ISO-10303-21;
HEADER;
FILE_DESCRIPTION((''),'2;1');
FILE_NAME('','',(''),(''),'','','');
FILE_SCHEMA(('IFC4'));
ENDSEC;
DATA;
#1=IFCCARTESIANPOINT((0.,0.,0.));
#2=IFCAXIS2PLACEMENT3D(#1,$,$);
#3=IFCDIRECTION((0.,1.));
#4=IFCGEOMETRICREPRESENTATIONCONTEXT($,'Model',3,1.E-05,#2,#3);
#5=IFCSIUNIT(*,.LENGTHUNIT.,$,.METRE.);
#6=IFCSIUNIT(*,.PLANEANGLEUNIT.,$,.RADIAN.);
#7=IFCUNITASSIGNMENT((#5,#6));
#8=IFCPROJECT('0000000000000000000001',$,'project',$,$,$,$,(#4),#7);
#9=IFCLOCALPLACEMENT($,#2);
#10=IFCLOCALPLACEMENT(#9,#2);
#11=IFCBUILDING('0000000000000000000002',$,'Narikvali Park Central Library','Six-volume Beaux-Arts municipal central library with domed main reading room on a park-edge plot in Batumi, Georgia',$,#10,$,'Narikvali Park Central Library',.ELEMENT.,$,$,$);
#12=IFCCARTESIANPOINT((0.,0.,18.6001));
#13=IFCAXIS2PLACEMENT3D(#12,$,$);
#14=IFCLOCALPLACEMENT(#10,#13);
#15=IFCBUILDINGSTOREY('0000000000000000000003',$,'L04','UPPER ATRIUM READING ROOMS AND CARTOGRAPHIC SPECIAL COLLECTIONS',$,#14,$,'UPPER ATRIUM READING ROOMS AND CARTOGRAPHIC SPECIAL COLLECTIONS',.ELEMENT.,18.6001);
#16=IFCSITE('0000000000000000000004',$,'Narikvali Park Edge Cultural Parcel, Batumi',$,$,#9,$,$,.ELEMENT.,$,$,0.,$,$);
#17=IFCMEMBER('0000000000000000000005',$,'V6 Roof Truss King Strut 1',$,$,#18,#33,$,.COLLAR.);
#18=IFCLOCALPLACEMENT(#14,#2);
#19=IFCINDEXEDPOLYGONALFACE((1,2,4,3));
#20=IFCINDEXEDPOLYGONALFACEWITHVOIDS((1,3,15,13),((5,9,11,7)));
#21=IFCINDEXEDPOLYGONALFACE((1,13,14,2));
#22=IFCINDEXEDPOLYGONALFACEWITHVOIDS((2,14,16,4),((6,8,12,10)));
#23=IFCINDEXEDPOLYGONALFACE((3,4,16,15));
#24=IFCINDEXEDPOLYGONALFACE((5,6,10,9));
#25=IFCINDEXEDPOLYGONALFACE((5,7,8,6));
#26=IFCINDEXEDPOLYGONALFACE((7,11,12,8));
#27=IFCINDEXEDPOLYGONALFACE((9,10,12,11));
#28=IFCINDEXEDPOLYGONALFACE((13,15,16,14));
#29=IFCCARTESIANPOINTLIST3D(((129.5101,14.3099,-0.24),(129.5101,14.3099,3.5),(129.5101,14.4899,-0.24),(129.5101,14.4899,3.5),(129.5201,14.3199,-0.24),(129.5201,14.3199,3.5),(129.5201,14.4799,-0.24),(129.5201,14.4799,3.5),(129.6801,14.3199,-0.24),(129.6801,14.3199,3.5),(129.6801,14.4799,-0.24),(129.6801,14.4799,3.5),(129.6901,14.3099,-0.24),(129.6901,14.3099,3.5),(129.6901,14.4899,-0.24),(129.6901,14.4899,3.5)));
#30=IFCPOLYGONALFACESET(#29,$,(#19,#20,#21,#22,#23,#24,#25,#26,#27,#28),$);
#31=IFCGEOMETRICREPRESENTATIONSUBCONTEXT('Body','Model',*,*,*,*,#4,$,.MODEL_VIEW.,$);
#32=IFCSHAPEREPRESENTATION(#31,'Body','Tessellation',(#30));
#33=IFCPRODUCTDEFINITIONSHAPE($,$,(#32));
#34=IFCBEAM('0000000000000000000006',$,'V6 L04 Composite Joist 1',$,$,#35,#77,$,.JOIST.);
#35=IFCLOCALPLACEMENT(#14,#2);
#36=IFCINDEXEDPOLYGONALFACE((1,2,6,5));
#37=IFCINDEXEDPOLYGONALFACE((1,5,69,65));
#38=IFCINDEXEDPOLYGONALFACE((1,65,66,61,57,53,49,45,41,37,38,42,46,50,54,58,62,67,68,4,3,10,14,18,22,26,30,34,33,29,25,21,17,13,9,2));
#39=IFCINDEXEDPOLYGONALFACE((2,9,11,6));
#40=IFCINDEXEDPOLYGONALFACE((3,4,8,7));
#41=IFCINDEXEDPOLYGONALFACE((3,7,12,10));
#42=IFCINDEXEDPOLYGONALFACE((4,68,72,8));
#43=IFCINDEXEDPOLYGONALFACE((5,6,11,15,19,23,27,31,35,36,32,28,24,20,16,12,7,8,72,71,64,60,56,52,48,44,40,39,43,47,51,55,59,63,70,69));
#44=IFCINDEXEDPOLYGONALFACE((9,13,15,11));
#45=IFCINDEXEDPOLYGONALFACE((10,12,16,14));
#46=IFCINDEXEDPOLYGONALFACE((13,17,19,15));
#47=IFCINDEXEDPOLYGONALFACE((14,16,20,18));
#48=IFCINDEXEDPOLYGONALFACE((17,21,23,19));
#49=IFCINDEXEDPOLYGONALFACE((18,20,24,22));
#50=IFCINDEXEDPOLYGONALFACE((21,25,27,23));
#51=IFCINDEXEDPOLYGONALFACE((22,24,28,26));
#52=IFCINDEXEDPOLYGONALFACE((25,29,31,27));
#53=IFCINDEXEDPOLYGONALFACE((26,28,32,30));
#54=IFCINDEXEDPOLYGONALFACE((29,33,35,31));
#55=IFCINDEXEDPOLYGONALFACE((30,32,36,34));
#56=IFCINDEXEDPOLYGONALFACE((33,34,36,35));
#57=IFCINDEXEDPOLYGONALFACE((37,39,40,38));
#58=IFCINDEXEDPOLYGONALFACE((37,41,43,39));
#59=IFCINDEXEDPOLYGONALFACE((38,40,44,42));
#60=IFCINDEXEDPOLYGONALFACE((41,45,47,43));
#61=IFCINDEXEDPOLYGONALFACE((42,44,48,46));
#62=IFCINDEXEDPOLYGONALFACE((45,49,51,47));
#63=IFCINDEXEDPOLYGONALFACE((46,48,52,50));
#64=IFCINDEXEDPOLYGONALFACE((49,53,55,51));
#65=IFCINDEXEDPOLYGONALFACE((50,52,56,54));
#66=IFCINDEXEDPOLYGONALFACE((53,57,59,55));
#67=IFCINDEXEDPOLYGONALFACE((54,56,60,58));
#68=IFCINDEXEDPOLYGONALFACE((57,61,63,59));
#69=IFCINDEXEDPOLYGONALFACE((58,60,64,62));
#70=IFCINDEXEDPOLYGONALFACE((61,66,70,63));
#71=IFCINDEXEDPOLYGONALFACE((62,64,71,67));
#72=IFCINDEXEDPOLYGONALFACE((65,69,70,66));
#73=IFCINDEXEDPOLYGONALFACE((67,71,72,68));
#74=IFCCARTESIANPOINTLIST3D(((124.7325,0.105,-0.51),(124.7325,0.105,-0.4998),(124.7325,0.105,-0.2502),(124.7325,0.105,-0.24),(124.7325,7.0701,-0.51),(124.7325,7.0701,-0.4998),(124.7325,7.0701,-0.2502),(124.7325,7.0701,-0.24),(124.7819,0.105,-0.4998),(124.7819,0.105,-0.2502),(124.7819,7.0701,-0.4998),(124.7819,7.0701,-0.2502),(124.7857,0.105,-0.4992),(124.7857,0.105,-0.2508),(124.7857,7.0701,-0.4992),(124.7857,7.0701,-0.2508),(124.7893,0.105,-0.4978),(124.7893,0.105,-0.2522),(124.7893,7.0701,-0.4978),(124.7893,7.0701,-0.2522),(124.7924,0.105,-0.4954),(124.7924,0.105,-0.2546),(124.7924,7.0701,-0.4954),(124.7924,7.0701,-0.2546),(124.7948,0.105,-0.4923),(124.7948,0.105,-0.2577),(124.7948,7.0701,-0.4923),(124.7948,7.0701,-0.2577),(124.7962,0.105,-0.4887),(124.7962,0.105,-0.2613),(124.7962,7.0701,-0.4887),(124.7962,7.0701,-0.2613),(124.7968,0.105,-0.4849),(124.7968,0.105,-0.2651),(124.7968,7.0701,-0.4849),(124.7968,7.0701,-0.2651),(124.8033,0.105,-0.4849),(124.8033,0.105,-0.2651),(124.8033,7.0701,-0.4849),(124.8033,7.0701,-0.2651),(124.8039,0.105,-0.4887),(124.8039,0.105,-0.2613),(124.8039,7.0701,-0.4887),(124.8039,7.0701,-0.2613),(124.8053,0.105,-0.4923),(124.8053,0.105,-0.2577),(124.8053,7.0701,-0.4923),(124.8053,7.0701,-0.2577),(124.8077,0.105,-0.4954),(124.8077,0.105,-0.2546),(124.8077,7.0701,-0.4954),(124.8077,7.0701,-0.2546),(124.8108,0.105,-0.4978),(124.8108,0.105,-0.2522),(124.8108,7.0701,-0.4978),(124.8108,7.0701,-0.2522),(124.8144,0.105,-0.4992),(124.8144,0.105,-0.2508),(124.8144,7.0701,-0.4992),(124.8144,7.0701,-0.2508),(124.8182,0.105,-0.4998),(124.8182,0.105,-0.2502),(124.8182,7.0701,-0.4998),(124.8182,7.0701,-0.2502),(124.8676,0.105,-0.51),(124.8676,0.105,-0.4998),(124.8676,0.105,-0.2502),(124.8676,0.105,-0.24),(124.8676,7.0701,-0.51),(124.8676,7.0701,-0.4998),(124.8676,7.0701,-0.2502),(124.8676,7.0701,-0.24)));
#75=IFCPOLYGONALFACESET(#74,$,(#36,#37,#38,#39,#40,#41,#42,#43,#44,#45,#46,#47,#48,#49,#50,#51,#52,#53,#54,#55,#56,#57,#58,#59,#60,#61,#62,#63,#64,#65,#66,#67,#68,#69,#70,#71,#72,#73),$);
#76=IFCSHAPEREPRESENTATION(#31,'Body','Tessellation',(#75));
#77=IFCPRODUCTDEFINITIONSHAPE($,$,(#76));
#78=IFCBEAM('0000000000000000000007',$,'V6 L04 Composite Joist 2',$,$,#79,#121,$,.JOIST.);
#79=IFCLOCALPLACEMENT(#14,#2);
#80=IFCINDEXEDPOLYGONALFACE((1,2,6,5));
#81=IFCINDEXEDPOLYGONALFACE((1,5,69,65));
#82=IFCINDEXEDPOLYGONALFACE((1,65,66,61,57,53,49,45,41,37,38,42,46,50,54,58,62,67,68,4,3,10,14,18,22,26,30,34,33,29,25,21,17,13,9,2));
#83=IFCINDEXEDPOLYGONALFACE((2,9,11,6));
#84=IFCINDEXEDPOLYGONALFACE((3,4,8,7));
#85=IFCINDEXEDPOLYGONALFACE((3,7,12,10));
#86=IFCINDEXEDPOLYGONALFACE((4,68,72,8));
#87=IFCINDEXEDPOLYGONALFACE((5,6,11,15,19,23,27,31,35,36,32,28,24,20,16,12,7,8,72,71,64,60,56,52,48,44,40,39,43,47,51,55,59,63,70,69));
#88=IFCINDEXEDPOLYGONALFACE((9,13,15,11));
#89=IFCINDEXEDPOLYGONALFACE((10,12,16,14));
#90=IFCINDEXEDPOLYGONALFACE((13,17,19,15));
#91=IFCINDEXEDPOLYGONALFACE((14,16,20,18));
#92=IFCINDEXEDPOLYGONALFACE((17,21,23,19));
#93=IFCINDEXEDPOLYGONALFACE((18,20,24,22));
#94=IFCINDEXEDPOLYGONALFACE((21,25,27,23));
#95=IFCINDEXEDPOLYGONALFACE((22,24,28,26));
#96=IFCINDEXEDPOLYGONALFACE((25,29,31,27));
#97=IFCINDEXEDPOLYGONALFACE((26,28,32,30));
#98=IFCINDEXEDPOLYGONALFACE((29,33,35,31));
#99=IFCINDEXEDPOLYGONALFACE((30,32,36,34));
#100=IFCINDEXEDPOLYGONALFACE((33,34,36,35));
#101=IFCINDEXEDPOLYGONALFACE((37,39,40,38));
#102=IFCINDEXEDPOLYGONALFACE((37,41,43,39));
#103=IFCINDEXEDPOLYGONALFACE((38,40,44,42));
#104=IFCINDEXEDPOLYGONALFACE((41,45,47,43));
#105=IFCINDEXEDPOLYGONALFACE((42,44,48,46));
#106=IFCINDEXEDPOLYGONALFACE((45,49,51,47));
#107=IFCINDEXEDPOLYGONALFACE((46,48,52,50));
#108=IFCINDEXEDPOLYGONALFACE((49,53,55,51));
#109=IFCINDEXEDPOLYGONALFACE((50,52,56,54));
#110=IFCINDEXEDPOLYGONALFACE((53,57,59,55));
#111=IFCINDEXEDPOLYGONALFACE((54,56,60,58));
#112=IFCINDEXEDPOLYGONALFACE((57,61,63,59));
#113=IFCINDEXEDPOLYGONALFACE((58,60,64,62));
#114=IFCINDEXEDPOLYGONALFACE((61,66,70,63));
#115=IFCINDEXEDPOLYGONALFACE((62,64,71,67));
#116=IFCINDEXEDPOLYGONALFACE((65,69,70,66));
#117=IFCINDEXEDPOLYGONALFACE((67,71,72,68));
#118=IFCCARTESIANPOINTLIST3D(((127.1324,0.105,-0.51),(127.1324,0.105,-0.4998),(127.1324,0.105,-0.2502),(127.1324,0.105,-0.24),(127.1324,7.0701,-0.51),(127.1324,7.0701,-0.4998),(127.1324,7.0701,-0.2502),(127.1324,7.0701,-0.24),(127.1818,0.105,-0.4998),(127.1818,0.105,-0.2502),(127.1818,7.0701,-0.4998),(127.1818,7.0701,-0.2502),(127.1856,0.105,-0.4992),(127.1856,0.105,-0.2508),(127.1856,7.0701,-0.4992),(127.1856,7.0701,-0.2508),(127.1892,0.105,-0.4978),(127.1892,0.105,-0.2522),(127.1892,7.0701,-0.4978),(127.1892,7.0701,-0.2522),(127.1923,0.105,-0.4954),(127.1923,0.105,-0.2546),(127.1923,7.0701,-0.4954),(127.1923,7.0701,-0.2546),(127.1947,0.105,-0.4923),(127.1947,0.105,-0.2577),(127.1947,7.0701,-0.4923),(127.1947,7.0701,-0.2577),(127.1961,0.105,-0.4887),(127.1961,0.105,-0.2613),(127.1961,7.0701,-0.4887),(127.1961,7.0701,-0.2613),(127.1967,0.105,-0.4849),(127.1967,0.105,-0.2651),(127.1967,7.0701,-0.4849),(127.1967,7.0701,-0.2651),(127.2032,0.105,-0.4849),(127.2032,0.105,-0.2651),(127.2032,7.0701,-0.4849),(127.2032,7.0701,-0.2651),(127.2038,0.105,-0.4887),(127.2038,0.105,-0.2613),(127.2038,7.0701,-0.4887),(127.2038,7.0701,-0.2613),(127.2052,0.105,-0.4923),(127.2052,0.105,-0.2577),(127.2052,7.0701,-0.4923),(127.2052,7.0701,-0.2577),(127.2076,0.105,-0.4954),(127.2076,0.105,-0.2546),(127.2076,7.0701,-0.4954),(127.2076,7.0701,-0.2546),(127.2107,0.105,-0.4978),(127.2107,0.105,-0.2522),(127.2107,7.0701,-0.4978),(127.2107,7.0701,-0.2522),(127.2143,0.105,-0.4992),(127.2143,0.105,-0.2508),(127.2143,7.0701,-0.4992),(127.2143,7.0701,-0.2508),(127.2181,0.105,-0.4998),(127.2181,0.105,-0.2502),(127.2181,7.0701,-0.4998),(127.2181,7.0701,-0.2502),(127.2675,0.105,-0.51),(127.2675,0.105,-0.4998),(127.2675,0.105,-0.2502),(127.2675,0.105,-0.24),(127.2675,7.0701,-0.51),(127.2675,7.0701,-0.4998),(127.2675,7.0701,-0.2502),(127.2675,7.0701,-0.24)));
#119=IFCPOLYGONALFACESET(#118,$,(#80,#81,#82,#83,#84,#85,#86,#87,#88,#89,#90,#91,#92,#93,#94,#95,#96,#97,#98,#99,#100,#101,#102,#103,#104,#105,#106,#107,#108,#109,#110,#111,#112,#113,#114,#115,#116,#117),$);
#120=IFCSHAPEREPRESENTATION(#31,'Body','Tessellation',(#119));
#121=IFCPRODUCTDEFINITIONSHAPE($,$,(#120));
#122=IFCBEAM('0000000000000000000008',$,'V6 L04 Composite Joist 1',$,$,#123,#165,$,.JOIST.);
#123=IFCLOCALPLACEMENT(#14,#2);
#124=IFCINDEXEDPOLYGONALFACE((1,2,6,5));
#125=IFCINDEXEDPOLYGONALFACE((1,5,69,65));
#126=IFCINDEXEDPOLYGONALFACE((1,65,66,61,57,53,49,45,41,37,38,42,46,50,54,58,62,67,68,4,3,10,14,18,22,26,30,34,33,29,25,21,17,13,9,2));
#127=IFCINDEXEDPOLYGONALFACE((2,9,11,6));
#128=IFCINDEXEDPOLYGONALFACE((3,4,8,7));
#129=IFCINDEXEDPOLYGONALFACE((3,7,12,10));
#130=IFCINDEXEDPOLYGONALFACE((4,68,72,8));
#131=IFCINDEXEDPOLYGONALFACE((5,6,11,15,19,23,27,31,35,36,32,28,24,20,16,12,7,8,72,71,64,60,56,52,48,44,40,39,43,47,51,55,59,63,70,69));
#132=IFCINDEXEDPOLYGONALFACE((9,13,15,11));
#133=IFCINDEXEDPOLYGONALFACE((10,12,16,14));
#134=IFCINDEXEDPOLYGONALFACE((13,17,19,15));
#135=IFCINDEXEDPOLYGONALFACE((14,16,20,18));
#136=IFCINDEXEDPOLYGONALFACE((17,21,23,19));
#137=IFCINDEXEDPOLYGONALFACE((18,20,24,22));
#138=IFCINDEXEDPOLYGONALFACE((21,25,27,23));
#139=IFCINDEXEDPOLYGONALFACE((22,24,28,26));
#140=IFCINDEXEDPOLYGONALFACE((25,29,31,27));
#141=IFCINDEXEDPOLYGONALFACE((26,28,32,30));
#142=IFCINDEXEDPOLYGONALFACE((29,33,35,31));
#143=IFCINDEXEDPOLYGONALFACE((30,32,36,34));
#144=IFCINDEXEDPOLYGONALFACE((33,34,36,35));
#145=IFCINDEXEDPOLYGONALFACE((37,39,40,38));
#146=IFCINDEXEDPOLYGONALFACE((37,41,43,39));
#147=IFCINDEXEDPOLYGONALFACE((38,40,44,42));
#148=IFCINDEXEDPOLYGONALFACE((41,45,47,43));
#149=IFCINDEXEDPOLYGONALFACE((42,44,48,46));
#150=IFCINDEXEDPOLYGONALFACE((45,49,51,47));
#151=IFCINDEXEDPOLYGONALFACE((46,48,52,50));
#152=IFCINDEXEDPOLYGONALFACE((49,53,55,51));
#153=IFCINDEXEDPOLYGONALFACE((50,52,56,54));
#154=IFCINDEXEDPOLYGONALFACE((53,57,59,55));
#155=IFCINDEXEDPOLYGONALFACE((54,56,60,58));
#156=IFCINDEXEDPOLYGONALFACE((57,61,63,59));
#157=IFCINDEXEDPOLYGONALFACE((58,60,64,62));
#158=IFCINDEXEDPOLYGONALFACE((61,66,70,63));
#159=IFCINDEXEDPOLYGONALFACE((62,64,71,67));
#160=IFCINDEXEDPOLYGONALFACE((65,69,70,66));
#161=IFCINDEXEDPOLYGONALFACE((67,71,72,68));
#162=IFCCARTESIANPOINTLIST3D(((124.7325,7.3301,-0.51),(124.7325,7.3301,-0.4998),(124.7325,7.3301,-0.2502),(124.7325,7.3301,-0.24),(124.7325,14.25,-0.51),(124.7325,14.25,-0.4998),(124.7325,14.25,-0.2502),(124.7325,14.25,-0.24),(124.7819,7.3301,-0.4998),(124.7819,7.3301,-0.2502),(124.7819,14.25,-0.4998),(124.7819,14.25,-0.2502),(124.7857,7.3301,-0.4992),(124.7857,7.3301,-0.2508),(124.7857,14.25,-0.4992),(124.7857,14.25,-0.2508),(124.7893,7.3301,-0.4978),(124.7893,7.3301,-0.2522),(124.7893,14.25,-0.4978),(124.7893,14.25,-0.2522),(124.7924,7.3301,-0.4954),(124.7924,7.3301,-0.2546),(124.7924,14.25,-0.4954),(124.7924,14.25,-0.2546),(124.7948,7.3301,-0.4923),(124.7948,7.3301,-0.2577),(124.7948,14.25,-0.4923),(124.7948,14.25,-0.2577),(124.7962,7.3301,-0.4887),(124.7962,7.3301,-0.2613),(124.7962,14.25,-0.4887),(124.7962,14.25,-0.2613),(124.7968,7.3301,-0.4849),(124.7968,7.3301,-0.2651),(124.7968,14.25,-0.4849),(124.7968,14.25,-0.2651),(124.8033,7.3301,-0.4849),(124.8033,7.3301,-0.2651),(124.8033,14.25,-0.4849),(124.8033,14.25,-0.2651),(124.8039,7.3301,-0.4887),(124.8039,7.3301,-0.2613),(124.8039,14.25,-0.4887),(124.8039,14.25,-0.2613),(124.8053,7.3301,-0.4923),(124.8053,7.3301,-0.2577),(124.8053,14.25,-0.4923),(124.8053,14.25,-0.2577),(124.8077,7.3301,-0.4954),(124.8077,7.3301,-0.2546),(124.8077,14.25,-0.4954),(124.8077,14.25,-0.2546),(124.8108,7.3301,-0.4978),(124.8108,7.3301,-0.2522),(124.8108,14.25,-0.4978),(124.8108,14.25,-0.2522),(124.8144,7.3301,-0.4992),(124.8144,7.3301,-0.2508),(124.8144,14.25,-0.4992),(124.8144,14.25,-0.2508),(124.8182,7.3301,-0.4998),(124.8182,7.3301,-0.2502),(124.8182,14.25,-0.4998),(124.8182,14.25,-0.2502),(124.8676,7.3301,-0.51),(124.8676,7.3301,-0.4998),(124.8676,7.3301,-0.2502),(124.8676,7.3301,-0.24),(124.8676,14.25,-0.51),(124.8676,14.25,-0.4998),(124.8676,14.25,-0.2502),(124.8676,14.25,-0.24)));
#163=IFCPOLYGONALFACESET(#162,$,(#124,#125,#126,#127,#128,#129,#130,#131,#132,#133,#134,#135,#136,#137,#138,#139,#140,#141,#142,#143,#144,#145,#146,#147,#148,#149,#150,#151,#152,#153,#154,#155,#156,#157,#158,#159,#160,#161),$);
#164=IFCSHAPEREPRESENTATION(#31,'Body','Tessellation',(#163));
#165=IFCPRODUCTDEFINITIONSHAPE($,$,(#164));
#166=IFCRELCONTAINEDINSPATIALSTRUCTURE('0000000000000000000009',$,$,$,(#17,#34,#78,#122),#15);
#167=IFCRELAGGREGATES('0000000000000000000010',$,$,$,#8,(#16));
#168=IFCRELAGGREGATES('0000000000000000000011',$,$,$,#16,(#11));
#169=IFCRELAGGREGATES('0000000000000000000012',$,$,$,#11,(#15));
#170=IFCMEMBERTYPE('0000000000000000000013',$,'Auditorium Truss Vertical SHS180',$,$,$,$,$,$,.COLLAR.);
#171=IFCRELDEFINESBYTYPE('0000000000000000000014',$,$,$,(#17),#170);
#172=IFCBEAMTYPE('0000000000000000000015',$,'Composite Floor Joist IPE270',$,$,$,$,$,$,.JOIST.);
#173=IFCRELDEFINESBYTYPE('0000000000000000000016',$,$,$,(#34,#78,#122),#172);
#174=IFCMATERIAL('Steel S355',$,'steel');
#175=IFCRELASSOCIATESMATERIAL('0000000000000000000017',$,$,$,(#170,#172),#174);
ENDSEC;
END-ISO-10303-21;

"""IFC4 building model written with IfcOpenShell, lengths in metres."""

from ifc_helpers import new_model, si_unit, direction, frame, origin, origin_2d, place, context, subcontext, project, spatial, hollow_rectangle, i_section, extrude, material, material_profile, profile_set, type_object, element, save


model = new_model("IFC4")

# Units and contexts
model_context = context("Model", 3, precision=1e-05, world=origin(), true_north=direction((0.0, 1.0)))
body_context = subcontext(model_context, "Body", "Model", "MODEL_VIEW")
ifc_project = project(units=[si_unit("LENGTHUNIT", "METRE"), si_unit("PLANEANGLEUNIT", "RADIAN")], contexts=[model_context])

# Site, building, storey
site_placement = place(None, origin())
site = spatial("IfcSite", under=ifc_project, at=site_placement, Name="Narikvali Park Edge Cultural Parcel, Batumi", CompositionType="ELEMENT", RefElevation=0.0)
building_placement = place(site_placement, origin())
building = spatial("IfcBuilding", under=site, at=building_placement, Name="Narikvali Park Central Library", Description="Six-volume Beaux-Arts municipal central library with domed main reading room on a park-edge plot in Batumi, Georgia", LongName="Narikvali Park Central Library", CompositionType="ELEMENT")
storey_placement = place(building_placement, frame((0.0, 0.0, 18.6001)))
storey = spatial("IfcBuildingStorey", under=building, at=storey_placement, Name="L04", Description="UPPER ATRIUM READING ROOMS AND CARTOGRAPHIC SPECIAL COLLECTIONS", LongName="UPPER ATRIUM READING ROOMS AND CARTOGRAPHIC SPECIAL COLLECTIONS", CompositionType="ELEMENT", Elevation=18.6001)

# Member
ifc_material_1 = material(Name="Steel S355", Category="steel")
ifc_material_profile_1 = material_profile(ifc_material_1, hollow_rectangle(XDim=0.1799, YDim=0.1799, WallThickness=0.01, at=origin_2d()), Name="SHS 180x180x10")
ifc_profile_set_1 = profile_set([ifc_material_profile_1], Name="Steel S355")
member_type_1 = type_object("IfcMemberType", Name="Auditorium Truss Vertical SHS180", PredefinedType="COLLAR", material=ifc_profile_set_1)
member_1_placement = place(storey_placement, frame((129.6001, 14.3999, -0.24), z_axis=(0.0, 0.0, 1.0), x_axis=(1.0, 0.0, 0.0)))
element("IfcMember", 1, at=member_1_placement, inside=storey, type_object=member_type_1, Name="V6 Roof Truss King Strut 1", PredefinedType="COLLAR", context=body_context, shape_type="SweptSolid", body=[
    extrude(hollow_rectangle(XDim=0.1799, YDim=0.1799, WallThickness=0.01, at=origin_2d()), origin(), (0.0, 0.0, 1.0), 3.74),
])

# Beams
ifc_material_profile_2 = material_profile(ifc_material_1, i_section(OverallWidth=0.135, OverallDepth=0.27, WebThickness=0.0066, FlangeThickness=0.0103, FilletRadius=0.0149, at=origin_2d()), Name="IPE 270")
ifc_profile_set_2 = profile_set([ifc_material_profile_2], Name="Steel S355")
beam_type_1 = type_object("IfcBeamType", Name="Composite Floor Joist IPE270", PredefinedType="JOIST", material=ifc_profile_set_2)
for number, where, z_axis, x_axis, name in (
    (2, (124.8, 0.105, -0.375), (0.0, 1.0, 0.0), (-1.0, 0.0, 0.0), "V6 L04 Composite Joist 1"),
    (3, (127.2, 0.105, -0.375), (0.0, 1.0, 0.0), (-1.0, 0.0, 0.0), "V6 L04 Composite Joist 2"),
):
    element("IfcBeam", number, at=place(storey_placement, frame(where, z_axis=z_axis, x_axis=x_axis)), inside=storey, type_object=beam_type_1, Name=name, PredefinedType="JOIST", context=body_context, shape_type="SweptSolid", body=[
        extrude(i_section(OverallWidth=0.135, OverallDepth=0.27, WebThickness=0.0066, FlangeThickness=0.0103, FilletRadius=0.0149, at=origin_2d()), origin(), (0.0, 0.0, 1.0), 6.9651),
    ])
for number, where, z_axis, x_axis, name in (
    (4, (124.8, 7.3301, -0.375), (0.0, 1.0, 0.0), (-1.0, 0.0, 0.0), "V6 L04 Composite Joist 1"),
):
    element("IfcBeam", number, at=place(storey_placement, frame(where, z_axis=z_axis, x_axis=x_axis)), inside=storey, type_object=beam_type_1, Name=name, PredefinedType="JOIST", context=body_context, shape_type="SweptSolid", body=[
        extrude(i_section(OverallWidth=0.135, OverallDepth=0.27, WebThickness=0.0066, FlangeThickness=0.0103, FilletRadius=0.0149, at=origin_2d()), origin(), (0.0, 0.0, 1.0), 6.9199),
    ])

save(model, "model.ifc")
